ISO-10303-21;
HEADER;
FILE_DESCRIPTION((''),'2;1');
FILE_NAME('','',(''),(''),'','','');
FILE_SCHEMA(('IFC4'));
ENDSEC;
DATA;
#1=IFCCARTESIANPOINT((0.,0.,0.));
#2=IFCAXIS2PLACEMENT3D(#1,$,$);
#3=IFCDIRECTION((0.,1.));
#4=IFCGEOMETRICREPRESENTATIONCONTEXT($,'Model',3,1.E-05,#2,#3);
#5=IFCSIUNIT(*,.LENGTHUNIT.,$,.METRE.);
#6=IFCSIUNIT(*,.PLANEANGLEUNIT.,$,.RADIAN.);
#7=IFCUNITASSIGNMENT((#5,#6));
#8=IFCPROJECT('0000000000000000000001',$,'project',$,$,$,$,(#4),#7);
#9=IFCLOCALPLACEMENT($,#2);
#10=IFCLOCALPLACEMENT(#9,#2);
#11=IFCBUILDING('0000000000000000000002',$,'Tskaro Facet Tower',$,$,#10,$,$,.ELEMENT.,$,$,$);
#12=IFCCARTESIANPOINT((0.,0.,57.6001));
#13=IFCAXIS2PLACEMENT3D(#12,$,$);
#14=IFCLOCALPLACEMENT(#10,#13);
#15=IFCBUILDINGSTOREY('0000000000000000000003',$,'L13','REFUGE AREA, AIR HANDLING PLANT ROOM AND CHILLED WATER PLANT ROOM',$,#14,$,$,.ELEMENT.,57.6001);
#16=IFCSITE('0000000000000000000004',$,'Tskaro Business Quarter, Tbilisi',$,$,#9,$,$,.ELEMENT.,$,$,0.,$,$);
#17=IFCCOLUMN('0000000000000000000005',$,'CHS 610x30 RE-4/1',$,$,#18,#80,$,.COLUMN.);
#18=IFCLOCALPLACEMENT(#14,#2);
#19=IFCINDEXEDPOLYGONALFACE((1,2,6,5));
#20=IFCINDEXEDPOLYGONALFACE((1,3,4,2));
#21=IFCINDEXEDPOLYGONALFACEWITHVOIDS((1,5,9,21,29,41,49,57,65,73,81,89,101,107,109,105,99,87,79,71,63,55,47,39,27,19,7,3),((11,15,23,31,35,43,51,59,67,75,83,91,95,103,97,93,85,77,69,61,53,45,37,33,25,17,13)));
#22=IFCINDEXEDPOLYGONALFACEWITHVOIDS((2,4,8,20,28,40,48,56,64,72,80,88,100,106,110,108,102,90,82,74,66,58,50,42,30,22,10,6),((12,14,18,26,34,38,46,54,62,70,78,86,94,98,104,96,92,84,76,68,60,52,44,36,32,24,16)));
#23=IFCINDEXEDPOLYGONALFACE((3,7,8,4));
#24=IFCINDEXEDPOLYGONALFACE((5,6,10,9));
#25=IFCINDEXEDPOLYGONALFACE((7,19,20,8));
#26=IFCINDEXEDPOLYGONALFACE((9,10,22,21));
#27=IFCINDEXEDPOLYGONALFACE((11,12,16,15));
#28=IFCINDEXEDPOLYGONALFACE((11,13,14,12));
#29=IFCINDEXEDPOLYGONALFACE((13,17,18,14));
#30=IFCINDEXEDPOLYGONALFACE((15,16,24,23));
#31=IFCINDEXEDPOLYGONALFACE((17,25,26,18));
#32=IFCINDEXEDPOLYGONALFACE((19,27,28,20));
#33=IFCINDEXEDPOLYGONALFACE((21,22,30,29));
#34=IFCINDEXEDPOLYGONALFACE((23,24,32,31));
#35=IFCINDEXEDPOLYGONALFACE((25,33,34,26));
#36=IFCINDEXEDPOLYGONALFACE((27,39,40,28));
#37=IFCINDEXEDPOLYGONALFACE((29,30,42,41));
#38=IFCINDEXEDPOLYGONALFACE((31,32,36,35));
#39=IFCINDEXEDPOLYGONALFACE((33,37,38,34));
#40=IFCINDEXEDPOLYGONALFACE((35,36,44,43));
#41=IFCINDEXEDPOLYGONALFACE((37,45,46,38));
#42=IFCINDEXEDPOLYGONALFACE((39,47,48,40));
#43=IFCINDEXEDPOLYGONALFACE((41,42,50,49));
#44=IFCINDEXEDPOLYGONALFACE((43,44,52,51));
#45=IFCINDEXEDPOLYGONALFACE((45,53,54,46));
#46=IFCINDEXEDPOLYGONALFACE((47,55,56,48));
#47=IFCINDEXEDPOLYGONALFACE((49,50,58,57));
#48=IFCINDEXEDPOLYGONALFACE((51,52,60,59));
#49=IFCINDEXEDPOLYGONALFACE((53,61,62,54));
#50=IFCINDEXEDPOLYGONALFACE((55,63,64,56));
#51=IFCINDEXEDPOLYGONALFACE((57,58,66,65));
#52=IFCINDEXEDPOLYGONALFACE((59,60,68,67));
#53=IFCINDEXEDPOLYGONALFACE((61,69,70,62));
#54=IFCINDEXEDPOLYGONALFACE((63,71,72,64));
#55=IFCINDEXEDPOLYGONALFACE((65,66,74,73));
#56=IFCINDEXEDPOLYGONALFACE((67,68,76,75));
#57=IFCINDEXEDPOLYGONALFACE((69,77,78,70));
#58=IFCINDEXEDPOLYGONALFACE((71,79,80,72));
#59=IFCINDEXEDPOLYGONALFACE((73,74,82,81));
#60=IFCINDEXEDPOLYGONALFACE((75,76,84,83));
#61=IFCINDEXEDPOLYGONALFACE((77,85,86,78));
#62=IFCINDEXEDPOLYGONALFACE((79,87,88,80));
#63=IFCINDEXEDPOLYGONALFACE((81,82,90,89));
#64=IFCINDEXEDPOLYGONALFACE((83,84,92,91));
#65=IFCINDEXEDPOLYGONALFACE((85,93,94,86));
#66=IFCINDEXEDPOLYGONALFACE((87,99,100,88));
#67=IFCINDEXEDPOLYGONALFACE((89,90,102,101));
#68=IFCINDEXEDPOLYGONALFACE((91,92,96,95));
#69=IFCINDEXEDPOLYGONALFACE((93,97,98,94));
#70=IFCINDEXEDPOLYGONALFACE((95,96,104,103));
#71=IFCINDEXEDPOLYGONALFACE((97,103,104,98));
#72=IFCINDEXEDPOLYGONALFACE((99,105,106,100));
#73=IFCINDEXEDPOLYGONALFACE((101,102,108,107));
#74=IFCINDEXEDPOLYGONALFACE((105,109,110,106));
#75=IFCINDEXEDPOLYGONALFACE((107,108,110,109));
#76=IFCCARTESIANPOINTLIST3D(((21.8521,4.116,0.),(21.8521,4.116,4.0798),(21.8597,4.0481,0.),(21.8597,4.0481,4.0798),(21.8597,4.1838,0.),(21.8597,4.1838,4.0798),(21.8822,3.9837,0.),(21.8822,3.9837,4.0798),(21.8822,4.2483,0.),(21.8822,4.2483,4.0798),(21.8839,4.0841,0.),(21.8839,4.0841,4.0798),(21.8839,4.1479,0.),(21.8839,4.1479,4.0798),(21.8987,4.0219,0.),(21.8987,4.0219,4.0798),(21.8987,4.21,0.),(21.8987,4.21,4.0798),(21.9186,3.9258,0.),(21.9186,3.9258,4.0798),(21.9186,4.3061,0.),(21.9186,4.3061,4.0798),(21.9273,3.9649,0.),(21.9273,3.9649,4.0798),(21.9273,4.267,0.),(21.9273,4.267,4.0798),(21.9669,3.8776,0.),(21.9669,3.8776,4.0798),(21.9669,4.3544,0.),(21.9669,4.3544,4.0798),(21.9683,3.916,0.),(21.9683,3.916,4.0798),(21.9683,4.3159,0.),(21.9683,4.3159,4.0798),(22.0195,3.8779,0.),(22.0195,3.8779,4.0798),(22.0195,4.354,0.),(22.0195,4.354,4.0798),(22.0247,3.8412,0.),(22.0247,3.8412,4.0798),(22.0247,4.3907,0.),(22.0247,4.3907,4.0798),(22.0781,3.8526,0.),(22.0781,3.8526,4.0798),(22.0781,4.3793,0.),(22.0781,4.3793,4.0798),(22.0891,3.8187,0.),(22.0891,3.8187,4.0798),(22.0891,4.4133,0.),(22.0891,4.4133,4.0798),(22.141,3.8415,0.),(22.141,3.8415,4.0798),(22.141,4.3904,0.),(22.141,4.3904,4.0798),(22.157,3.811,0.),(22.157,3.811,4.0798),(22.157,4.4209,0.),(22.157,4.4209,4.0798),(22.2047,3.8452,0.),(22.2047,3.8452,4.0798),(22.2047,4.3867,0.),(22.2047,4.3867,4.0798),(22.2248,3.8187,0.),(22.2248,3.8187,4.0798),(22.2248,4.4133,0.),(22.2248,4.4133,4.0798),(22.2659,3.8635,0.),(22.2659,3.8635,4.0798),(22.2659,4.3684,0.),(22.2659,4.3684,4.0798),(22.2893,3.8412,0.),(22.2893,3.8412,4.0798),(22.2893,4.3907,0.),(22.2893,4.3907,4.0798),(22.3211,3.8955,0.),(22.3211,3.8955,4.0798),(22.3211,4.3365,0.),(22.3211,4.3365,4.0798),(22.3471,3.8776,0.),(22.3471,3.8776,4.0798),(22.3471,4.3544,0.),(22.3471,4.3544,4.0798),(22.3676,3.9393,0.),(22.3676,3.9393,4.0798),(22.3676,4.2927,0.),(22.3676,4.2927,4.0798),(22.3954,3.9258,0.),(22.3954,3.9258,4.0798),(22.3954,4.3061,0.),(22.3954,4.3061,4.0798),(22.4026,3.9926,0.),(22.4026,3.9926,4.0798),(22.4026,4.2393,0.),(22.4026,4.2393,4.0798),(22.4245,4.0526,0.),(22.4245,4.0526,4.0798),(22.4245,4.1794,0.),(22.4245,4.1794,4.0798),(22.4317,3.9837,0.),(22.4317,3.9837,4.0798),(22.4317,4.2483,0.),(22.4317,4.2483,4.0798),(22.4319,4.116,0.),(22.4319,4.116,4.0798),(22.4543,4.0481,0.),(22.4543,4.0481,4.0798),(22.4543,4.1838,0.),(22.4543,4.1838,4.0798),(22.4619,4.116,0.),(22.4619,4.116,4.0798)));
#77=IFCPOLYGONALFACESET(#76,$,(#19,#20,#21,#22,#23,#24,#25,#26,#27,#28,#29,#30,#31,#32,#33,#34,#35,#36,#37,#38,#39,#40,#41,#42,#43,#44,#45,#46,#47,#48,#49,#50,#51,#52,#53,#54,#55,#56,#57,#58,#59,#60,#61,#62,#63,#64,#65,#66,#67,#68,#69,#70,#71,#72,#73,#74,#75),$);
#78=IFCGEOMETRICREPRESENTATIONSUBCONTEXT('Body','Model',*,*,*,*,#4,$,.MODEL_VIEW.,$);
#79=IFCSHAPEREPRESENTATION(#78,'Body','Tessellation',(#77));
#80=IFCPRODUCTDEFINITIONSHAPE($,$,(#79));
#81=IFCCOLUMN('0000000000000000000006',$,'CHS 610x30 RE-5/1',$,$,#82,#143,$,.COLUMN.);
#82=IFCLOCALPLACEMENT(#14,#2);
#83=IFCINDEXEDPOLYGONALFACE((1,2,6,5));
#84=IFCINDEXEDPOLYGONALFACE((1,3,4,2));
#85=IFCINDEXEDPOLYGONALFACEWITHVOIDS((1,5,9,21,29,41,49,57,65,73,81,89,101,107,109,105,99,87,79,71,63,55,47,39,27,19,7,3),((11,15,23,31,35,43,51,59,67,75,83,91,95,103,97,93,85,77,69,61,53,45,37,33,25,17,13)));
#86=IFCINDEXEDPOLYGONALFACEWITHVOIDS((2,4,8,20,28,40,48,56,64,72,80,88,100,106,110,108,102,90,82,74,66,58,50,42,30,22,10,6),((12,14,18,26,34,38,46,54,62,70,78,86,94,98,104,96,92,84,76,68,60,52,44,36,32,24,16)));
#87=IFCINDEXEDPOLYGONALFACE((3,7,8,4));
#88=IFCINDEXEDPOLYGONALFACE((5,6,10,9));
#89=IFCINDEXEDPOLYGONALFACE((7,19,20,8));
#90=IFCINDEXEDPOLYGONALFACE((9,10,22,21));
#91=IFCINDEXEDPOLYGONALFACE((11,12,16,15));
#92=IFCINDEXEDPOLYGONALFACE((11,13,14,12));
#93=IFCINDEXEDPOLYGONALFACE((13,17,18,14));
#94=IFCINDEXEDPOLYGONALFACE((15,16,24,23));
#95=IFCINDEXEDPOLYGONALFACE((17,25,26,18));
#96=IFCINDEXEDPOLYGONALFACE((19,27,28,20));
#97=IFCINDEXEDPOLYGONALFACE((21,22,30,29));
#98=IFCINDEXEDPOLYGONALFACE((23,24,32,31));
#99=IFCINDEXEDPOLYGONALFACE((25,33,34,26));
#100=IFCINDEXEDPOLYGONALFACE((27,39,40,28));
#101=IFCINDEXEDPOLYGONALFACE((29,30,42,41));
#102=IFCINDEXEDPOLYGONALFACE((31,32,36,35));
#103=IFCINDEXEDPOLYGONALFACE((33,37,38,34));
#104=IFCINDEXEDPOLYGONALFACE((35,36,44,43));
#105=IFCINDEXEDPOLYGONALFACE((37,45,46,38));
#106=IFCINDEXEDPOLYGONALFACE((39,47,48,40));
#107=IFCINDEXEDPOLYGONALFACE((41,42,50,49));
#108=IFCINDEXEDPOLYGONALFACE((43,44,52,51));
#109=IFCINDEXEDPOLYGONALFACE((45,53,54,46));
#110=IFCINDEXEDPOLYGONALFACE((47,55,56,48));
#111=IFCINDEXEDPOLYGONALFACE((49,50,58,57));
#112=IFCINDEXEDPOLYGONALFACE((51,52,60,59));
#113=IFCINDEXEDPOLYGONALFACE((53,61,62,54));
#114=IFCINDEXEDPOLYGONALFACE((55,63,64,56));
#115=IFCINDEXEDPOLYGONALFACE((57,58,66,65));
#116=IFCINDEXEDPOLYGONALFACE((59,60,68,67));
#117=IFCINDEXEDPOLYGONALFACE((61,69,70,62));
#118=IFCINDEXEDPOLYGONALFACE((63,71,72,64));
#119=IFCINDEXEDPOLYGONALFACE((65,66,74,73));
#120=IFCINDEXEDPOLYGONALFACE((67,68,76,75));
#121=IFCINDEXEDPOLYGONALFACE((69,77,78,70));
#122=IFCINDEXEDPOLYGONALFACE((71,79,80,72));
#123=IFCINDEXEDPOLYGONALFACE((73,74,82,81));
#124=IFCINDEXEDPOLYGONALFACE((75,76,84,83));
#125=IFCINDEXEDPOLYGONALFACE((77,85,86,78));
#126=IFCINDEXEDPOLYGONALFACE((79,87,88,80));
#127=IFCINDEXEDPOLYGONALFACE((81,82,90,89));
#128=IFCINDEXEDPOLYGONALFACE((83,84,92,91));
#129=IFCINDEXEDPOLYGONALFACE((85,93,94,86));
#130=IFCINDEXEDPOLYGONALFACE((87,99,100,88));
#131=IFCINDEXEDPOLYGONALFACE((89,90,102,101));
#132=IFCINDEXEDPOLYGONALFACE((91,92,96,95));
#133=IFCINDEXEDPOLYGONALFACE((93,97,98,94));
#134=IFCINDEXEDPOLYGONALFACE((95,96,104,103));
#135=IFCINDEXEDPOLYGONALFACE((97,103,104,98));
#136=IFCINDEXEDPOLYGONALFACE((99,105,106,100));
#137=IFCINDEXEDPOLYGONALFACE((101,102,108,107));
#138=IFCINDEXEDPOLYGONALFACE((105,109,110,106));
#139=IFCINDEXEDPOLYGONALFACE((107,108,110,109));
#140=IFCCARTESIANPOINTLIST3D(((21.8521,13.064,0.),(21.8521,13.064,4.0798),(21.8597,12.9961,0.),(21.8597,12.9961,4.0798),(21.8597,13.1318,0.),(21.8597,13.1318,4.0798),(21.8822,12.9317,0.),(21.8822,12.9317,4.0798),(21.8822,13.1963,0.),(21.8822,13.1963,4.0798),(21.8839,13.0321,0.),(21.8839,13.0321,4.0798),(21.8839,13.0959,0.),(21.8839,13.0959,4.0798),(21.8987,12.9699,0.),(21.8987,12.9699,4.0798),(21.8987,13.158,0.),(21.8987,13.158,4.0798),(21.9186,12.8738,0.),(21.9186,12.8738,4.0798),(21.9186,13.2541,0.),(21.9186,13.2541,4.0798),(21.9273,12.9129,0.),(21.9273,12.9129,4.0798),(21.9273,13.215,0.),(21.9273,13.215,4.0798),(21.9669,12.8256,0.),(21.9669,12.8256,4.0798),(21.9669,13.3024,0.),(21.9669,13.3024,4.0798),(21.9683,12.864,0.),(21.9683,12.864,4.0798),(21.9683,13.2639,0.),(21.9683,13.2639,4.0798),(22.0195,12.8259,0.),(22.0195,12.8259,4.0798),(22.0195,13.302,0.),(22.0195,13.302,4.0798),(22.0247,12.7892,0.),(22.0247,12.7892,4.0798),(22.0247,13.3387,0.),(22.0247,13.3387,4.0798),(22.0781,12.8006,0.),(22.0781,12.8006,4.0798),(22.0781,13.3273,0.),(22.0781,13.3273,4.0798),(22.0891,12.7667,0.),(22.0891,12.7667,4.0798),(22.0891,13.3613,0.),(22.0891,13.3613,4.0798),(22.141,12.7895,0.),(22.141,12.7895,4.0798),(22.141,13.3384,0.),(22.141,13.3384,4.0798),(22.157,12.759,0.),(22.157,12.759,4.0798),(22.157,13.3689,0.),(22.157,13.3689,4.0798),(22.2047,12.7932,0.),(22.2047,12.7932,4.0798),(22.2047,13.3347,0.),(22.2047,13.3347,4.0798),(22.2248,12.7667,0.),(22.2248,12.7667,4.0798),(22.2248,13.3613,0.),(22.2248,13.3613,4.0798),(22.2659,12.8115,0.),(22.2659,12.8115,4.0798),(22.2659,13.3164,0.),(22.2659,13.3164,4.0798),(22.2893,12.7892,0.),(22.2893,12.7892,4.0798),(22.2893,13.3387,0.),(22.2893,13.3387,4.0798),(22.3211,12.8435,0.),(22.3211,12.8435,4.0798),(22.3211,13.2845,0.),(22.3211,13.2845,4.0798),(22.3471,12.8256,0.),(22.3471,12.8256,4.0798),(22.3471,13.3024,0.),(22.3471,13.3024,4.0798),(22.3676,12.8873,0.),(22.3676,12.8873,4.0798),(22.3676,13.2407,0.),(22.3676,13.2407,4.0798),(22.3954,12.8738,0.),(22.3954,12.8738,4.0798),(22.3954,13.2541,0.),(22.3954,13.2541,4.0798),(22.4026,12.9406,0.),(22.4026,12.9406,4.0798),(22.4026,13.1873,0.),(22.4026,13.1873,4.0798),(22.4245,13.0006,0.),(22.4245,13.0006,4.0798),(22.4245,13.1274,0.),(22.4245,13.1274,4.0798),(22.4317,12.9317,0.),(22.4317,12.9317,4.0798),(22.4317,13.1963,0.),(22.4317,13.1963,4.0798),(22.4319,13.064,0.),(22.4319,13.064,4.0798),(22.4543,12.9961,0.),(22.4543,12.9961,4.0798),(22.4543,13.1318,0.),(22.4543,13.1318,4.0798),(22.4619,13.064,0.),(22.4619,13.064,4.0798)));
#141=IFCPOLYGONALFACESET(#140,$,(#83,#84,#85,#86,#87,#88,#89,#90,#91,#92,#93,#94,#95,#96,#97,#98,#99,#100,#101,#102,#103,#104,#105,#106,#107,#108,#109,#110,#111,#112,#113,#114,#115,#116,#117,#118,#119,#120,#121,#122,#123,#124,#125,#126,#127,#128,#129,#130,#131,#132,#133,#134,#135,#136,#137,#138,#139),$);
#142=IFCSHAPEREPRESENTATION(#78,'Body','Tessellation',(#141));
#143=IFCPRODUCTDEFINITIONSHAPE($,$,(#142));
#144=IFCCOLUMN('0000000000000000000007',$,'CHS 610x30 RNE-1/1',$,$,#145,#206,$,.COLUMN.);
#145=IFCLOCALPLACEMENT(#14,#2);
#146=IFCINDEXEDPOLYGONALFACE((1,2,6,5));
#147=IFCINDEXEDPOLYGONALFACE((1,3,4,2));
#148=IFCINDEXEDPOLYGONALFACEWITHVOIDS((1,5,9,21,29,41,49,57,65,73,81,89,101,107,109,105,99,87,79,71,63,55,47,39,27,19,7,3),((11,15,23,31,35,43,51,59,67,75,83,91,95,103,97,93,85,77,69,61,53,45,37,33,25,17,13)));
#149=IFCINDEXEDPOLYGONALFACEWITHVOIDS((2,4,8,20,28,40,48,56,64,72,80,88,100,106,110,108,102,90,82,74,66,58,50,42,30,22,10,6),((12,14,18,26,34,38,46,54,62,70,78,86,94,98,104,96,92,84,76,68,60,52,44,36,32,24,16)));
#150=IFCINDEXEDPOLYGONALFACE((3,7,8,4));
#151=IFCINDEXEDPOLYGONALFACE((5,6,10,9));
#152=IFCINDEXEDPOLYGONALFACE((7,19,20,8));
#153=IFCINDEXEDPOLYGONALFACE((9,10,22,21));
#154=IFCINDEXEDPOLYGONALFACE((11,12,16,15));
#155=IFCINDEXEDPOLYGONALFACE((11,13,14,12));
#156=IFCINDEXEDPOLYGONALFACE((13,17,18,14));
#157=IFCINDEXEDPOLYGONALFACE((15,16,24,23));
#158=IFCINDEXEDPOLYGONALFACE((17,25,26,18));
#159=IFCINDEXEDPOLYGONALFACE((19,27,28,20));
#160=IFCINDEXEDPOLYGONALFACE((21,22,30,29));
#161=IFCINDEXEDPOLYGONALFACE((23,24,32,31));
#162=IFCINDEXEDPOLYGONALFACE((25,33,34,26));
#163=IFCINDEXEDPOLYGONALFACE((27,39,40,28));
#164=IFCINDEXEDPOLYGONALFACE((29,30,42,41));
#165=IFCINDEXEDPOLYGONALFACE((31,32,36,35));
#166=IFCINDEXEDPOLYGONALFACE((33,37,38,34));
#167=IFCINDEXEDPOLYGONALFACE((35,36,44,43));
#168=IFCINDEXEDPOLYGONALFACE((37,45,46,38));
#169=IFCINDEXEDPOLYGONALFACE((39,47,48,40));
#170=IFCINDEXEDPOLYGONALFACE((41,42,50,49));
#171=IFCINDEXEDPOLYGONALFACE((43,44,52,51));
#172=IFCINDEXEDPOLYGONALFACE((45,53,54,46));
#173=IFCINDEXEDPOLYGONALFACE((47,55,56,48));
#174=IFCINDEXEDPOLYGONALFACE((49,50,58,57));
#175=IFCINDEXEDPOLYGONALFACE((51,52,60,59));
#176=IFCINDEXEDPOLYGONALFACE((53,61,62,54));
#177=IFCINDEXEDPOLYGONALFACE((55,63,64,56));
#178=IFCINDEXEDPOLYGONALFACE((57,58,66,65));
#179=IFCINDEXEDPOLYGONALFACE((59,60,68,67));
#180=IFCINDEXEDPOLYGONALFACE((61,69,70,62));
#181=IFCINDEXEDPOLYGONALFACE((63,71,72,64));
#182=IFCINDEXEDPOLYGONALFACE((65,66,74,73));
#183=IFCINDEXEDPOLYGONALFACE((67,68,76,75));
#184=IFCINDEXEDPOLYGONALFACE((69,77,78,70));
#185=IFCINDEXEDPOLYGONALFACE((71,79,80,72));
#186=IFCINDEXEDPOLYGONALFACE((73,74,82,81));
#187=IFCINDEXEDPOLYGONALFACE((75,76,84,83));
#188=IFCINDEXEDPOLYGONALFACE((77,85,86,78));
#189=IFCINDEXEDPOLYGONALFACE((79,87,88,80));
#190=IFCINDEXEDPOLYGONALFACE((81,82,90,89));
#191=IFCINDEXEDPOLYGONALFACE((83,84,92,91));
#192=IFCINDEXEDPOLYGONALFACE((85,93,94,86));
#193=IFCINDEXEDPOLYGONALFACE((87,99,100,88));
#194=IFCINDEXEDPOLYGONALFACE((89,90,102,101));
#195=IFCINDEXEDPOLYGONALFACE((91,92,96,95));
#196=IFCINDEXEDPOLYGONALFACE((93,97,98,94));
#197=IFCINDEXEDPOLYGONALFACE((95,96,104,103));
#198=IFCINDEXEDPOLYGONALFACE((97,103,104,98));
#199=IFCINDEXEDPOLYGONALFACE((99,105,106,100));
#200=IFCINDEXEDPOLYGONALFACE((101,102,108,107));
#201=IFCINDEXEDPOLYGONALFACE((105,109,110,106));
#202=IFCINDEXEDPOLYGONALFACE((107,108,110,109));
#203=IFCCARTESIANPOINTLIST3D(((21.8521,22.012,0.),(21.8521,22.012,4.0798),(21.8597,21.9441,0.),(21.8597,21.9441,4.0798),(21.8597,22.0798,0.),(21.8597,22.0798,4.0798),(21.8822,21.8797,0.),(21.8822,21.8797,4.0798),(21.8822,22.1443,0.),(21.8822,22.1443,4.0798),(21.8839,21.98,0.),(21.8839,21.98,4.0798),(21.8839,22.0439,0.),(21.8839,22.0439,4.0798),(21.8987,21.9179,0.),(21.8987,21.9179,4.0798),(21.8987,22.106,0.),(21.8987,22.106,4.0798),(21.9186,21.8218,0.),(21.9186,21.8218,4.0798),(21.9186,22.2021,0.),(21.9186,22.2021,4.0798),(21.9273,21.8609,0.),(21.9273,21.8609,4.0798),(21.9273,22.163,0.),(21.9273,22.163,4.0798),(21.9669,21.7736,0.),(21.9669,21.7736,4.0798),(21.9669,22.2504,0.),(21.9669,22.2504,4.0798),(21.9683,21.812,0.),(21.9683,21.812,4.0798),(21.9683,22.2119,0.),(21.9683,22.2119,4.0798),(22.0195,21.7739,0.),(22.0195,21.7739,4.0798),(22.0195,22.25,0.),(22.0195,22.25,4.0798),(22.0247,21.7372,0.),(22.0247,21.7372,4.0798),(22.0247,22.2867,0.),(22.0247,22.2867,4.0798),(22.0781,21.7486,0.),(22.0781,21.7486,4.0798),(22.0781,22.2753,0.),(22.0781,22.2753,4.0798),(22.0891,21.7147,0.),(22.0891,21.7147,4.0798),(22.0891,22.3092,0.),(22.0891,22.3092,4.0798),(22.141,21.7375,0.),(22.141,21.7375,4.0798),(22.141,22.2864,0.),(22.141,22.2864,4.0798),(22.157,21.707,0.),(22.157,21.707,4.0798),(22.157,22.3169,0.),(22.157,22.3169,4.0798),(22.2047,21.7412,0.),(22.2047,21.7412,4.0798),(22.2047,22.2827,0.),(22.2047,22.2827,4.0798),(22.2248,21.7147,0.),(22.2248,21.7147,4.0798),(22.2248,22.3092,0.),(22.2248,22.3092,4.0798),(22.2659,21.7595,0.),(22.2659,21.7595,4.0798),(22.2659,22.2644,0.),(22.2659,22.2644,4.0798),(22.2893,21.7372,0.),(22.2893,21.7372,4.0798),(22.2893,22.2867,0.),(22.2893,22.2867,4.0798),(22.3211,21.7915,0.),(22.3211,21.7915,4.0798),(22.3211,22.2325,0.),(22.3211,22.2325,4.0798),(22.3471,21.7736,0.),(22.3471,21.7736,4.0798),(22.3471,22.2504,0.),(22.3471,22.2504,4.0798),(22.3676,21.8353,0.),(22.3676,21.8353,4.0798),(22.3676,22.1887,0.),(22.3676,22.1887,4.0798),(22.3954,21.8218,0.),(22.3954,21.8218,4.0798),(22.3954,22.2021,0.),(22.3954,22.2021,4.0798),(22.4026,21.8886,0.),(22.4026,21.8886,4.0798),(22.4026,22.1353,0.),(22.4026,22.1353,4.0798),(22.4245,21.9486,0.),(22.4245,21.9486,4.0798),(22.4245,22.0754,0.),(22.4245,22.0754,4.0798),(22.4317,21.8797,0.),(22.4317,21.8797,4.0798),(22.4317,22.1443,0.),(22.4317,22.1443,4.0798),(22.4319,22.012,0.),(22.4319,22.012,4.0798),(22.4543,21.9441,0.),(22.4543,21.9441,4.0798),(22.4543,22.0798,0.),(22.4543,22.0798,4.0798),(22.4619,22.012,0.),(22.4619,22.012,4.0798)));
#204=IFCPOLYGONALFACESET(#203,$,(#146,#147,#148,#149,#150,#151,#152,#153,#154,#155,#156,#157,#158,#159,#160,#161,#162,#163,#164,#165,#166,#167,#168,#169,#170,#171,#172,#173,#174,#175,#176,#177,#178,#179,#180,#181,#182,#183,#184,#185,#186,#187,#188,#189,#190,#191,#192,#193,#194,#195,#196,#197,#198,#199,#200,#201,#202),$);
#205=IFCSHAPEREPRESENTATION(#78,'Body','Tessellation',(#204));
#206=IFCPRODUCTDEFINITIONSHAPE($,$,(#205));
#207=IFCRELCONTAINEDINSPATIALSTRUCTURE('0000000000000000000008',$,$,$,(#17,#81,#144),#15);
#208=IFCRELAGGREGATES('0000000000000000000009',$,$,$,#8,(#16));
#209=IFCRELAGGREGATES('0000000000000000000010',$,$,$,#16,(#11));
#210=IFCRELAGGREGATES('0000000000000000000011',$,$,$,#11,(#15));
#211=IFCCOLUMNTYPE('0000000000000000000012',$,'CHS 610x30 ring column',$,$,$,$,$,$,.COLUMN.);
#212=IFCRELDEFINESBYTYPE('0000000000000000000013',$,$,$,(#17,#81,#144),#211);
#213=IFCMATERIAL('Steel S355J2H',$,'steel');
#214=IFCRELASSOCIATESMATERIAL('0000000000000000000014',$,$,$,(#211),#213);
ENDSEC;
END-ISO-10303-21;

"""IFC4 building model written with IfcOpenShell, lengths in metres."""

from ifc_helpers import new_model, si_unit, direction, frame, origin, origin_2d, place, context, subcontext, project, spatial, hollow_circle, extrude, material, material_profile, profile_set, type_object, element, save


model = new_model("IFC4")

# Units and contexts
model_context = context("Model", 3, precision=1e-05, world=origin(), true_north=direction((0.0, 1.0)))
body_context = subcontext(model_context, "Body", "Model", "MODEL_VIEW")
ifc_project = project(units=[si_unit("LENGTHUNIT", "METRE"), si_unit("PLANEANGLEUNIT", "RADIAN")], contexts=[model_context])

# Site, building, storey
site_placement = place(None, origin())
site = spatial("IfcSite", under=ifc_project, at=site_placement, Name="Tskaro Business Quarter, Tbilisi", CompositionType="ELEMENT", RefElevation=0.0)
building_placement = place(site_placement, origin())
building = spatial("IfcBuilding", under=site, at=building_placement, Name="Tskaro Facet Tower", CompositionType="ELEMENT")
storey_placement = place(building_placement, frame((0.0, 0.0, 57.6001)))
storey = spatial("IfcBuildingStorey", under=building, at=storey_placement, Name="L13", Description="REFUGE AREA, AIR HANDLING PLANT ROOM AND CHILLED WATER PLANT ROOM", CompositionType="ELEMENT", Elevation=57.6001)

# Columns
ifc_material_1 = material(Name="Steel S355J2H", Category="steel")
ifc_material_profile_1 = material_profile(ifc_material_1, hollow_circle(Radius=0.3049, WallThickness=0.03, at=origin_2d()), Name="CHS 610x30")
ifc_profile_set_1 = profile_set([ifc_material_profile_1], Name="Steel S355J2H")
column_type = type_object("IfcColumnType", Name="CHS 610x30 ring column", PredefinedType="COLUMN", material=ifc_profile_set_1)
for number, where, z_axis, x_axis, name in (
    (1, (22.157, 4.116, 0.0), (0.0, 0.0, 1.0), (1.0, 0.0, 0.0), "CHS 610x30 RE-4/1"),
    (2, (22.157, 13.064, 0.0), (0.0, 0.0, 1.0), (1.0, 0.0, 0.0), "CHS 610x30 RE-5/1"),
    (3, (22.157, 22.012, 0.0), (0.0, 0.0, 1.0), (1.0, 0.0, 0.0), "CHS 610x30 RNE-1/1"),
):
    element("IfcColumn", number, at=place(storey_placement, frame(where, z_axis=z_axis, x_axis=x_axis)), inside=storey, type_object=column_type, Name=name, PredefinedType="COLUMN", context=body_context, shape_type="SweptSolid", body=[
        extrude(hollow_circle(Radius=0.3049, WallThickness=0.03, at=origin_2d()), origin(), (0.0, 0.0, 1.0), 4.0798),
    ])

save(model, "model.ifc")
